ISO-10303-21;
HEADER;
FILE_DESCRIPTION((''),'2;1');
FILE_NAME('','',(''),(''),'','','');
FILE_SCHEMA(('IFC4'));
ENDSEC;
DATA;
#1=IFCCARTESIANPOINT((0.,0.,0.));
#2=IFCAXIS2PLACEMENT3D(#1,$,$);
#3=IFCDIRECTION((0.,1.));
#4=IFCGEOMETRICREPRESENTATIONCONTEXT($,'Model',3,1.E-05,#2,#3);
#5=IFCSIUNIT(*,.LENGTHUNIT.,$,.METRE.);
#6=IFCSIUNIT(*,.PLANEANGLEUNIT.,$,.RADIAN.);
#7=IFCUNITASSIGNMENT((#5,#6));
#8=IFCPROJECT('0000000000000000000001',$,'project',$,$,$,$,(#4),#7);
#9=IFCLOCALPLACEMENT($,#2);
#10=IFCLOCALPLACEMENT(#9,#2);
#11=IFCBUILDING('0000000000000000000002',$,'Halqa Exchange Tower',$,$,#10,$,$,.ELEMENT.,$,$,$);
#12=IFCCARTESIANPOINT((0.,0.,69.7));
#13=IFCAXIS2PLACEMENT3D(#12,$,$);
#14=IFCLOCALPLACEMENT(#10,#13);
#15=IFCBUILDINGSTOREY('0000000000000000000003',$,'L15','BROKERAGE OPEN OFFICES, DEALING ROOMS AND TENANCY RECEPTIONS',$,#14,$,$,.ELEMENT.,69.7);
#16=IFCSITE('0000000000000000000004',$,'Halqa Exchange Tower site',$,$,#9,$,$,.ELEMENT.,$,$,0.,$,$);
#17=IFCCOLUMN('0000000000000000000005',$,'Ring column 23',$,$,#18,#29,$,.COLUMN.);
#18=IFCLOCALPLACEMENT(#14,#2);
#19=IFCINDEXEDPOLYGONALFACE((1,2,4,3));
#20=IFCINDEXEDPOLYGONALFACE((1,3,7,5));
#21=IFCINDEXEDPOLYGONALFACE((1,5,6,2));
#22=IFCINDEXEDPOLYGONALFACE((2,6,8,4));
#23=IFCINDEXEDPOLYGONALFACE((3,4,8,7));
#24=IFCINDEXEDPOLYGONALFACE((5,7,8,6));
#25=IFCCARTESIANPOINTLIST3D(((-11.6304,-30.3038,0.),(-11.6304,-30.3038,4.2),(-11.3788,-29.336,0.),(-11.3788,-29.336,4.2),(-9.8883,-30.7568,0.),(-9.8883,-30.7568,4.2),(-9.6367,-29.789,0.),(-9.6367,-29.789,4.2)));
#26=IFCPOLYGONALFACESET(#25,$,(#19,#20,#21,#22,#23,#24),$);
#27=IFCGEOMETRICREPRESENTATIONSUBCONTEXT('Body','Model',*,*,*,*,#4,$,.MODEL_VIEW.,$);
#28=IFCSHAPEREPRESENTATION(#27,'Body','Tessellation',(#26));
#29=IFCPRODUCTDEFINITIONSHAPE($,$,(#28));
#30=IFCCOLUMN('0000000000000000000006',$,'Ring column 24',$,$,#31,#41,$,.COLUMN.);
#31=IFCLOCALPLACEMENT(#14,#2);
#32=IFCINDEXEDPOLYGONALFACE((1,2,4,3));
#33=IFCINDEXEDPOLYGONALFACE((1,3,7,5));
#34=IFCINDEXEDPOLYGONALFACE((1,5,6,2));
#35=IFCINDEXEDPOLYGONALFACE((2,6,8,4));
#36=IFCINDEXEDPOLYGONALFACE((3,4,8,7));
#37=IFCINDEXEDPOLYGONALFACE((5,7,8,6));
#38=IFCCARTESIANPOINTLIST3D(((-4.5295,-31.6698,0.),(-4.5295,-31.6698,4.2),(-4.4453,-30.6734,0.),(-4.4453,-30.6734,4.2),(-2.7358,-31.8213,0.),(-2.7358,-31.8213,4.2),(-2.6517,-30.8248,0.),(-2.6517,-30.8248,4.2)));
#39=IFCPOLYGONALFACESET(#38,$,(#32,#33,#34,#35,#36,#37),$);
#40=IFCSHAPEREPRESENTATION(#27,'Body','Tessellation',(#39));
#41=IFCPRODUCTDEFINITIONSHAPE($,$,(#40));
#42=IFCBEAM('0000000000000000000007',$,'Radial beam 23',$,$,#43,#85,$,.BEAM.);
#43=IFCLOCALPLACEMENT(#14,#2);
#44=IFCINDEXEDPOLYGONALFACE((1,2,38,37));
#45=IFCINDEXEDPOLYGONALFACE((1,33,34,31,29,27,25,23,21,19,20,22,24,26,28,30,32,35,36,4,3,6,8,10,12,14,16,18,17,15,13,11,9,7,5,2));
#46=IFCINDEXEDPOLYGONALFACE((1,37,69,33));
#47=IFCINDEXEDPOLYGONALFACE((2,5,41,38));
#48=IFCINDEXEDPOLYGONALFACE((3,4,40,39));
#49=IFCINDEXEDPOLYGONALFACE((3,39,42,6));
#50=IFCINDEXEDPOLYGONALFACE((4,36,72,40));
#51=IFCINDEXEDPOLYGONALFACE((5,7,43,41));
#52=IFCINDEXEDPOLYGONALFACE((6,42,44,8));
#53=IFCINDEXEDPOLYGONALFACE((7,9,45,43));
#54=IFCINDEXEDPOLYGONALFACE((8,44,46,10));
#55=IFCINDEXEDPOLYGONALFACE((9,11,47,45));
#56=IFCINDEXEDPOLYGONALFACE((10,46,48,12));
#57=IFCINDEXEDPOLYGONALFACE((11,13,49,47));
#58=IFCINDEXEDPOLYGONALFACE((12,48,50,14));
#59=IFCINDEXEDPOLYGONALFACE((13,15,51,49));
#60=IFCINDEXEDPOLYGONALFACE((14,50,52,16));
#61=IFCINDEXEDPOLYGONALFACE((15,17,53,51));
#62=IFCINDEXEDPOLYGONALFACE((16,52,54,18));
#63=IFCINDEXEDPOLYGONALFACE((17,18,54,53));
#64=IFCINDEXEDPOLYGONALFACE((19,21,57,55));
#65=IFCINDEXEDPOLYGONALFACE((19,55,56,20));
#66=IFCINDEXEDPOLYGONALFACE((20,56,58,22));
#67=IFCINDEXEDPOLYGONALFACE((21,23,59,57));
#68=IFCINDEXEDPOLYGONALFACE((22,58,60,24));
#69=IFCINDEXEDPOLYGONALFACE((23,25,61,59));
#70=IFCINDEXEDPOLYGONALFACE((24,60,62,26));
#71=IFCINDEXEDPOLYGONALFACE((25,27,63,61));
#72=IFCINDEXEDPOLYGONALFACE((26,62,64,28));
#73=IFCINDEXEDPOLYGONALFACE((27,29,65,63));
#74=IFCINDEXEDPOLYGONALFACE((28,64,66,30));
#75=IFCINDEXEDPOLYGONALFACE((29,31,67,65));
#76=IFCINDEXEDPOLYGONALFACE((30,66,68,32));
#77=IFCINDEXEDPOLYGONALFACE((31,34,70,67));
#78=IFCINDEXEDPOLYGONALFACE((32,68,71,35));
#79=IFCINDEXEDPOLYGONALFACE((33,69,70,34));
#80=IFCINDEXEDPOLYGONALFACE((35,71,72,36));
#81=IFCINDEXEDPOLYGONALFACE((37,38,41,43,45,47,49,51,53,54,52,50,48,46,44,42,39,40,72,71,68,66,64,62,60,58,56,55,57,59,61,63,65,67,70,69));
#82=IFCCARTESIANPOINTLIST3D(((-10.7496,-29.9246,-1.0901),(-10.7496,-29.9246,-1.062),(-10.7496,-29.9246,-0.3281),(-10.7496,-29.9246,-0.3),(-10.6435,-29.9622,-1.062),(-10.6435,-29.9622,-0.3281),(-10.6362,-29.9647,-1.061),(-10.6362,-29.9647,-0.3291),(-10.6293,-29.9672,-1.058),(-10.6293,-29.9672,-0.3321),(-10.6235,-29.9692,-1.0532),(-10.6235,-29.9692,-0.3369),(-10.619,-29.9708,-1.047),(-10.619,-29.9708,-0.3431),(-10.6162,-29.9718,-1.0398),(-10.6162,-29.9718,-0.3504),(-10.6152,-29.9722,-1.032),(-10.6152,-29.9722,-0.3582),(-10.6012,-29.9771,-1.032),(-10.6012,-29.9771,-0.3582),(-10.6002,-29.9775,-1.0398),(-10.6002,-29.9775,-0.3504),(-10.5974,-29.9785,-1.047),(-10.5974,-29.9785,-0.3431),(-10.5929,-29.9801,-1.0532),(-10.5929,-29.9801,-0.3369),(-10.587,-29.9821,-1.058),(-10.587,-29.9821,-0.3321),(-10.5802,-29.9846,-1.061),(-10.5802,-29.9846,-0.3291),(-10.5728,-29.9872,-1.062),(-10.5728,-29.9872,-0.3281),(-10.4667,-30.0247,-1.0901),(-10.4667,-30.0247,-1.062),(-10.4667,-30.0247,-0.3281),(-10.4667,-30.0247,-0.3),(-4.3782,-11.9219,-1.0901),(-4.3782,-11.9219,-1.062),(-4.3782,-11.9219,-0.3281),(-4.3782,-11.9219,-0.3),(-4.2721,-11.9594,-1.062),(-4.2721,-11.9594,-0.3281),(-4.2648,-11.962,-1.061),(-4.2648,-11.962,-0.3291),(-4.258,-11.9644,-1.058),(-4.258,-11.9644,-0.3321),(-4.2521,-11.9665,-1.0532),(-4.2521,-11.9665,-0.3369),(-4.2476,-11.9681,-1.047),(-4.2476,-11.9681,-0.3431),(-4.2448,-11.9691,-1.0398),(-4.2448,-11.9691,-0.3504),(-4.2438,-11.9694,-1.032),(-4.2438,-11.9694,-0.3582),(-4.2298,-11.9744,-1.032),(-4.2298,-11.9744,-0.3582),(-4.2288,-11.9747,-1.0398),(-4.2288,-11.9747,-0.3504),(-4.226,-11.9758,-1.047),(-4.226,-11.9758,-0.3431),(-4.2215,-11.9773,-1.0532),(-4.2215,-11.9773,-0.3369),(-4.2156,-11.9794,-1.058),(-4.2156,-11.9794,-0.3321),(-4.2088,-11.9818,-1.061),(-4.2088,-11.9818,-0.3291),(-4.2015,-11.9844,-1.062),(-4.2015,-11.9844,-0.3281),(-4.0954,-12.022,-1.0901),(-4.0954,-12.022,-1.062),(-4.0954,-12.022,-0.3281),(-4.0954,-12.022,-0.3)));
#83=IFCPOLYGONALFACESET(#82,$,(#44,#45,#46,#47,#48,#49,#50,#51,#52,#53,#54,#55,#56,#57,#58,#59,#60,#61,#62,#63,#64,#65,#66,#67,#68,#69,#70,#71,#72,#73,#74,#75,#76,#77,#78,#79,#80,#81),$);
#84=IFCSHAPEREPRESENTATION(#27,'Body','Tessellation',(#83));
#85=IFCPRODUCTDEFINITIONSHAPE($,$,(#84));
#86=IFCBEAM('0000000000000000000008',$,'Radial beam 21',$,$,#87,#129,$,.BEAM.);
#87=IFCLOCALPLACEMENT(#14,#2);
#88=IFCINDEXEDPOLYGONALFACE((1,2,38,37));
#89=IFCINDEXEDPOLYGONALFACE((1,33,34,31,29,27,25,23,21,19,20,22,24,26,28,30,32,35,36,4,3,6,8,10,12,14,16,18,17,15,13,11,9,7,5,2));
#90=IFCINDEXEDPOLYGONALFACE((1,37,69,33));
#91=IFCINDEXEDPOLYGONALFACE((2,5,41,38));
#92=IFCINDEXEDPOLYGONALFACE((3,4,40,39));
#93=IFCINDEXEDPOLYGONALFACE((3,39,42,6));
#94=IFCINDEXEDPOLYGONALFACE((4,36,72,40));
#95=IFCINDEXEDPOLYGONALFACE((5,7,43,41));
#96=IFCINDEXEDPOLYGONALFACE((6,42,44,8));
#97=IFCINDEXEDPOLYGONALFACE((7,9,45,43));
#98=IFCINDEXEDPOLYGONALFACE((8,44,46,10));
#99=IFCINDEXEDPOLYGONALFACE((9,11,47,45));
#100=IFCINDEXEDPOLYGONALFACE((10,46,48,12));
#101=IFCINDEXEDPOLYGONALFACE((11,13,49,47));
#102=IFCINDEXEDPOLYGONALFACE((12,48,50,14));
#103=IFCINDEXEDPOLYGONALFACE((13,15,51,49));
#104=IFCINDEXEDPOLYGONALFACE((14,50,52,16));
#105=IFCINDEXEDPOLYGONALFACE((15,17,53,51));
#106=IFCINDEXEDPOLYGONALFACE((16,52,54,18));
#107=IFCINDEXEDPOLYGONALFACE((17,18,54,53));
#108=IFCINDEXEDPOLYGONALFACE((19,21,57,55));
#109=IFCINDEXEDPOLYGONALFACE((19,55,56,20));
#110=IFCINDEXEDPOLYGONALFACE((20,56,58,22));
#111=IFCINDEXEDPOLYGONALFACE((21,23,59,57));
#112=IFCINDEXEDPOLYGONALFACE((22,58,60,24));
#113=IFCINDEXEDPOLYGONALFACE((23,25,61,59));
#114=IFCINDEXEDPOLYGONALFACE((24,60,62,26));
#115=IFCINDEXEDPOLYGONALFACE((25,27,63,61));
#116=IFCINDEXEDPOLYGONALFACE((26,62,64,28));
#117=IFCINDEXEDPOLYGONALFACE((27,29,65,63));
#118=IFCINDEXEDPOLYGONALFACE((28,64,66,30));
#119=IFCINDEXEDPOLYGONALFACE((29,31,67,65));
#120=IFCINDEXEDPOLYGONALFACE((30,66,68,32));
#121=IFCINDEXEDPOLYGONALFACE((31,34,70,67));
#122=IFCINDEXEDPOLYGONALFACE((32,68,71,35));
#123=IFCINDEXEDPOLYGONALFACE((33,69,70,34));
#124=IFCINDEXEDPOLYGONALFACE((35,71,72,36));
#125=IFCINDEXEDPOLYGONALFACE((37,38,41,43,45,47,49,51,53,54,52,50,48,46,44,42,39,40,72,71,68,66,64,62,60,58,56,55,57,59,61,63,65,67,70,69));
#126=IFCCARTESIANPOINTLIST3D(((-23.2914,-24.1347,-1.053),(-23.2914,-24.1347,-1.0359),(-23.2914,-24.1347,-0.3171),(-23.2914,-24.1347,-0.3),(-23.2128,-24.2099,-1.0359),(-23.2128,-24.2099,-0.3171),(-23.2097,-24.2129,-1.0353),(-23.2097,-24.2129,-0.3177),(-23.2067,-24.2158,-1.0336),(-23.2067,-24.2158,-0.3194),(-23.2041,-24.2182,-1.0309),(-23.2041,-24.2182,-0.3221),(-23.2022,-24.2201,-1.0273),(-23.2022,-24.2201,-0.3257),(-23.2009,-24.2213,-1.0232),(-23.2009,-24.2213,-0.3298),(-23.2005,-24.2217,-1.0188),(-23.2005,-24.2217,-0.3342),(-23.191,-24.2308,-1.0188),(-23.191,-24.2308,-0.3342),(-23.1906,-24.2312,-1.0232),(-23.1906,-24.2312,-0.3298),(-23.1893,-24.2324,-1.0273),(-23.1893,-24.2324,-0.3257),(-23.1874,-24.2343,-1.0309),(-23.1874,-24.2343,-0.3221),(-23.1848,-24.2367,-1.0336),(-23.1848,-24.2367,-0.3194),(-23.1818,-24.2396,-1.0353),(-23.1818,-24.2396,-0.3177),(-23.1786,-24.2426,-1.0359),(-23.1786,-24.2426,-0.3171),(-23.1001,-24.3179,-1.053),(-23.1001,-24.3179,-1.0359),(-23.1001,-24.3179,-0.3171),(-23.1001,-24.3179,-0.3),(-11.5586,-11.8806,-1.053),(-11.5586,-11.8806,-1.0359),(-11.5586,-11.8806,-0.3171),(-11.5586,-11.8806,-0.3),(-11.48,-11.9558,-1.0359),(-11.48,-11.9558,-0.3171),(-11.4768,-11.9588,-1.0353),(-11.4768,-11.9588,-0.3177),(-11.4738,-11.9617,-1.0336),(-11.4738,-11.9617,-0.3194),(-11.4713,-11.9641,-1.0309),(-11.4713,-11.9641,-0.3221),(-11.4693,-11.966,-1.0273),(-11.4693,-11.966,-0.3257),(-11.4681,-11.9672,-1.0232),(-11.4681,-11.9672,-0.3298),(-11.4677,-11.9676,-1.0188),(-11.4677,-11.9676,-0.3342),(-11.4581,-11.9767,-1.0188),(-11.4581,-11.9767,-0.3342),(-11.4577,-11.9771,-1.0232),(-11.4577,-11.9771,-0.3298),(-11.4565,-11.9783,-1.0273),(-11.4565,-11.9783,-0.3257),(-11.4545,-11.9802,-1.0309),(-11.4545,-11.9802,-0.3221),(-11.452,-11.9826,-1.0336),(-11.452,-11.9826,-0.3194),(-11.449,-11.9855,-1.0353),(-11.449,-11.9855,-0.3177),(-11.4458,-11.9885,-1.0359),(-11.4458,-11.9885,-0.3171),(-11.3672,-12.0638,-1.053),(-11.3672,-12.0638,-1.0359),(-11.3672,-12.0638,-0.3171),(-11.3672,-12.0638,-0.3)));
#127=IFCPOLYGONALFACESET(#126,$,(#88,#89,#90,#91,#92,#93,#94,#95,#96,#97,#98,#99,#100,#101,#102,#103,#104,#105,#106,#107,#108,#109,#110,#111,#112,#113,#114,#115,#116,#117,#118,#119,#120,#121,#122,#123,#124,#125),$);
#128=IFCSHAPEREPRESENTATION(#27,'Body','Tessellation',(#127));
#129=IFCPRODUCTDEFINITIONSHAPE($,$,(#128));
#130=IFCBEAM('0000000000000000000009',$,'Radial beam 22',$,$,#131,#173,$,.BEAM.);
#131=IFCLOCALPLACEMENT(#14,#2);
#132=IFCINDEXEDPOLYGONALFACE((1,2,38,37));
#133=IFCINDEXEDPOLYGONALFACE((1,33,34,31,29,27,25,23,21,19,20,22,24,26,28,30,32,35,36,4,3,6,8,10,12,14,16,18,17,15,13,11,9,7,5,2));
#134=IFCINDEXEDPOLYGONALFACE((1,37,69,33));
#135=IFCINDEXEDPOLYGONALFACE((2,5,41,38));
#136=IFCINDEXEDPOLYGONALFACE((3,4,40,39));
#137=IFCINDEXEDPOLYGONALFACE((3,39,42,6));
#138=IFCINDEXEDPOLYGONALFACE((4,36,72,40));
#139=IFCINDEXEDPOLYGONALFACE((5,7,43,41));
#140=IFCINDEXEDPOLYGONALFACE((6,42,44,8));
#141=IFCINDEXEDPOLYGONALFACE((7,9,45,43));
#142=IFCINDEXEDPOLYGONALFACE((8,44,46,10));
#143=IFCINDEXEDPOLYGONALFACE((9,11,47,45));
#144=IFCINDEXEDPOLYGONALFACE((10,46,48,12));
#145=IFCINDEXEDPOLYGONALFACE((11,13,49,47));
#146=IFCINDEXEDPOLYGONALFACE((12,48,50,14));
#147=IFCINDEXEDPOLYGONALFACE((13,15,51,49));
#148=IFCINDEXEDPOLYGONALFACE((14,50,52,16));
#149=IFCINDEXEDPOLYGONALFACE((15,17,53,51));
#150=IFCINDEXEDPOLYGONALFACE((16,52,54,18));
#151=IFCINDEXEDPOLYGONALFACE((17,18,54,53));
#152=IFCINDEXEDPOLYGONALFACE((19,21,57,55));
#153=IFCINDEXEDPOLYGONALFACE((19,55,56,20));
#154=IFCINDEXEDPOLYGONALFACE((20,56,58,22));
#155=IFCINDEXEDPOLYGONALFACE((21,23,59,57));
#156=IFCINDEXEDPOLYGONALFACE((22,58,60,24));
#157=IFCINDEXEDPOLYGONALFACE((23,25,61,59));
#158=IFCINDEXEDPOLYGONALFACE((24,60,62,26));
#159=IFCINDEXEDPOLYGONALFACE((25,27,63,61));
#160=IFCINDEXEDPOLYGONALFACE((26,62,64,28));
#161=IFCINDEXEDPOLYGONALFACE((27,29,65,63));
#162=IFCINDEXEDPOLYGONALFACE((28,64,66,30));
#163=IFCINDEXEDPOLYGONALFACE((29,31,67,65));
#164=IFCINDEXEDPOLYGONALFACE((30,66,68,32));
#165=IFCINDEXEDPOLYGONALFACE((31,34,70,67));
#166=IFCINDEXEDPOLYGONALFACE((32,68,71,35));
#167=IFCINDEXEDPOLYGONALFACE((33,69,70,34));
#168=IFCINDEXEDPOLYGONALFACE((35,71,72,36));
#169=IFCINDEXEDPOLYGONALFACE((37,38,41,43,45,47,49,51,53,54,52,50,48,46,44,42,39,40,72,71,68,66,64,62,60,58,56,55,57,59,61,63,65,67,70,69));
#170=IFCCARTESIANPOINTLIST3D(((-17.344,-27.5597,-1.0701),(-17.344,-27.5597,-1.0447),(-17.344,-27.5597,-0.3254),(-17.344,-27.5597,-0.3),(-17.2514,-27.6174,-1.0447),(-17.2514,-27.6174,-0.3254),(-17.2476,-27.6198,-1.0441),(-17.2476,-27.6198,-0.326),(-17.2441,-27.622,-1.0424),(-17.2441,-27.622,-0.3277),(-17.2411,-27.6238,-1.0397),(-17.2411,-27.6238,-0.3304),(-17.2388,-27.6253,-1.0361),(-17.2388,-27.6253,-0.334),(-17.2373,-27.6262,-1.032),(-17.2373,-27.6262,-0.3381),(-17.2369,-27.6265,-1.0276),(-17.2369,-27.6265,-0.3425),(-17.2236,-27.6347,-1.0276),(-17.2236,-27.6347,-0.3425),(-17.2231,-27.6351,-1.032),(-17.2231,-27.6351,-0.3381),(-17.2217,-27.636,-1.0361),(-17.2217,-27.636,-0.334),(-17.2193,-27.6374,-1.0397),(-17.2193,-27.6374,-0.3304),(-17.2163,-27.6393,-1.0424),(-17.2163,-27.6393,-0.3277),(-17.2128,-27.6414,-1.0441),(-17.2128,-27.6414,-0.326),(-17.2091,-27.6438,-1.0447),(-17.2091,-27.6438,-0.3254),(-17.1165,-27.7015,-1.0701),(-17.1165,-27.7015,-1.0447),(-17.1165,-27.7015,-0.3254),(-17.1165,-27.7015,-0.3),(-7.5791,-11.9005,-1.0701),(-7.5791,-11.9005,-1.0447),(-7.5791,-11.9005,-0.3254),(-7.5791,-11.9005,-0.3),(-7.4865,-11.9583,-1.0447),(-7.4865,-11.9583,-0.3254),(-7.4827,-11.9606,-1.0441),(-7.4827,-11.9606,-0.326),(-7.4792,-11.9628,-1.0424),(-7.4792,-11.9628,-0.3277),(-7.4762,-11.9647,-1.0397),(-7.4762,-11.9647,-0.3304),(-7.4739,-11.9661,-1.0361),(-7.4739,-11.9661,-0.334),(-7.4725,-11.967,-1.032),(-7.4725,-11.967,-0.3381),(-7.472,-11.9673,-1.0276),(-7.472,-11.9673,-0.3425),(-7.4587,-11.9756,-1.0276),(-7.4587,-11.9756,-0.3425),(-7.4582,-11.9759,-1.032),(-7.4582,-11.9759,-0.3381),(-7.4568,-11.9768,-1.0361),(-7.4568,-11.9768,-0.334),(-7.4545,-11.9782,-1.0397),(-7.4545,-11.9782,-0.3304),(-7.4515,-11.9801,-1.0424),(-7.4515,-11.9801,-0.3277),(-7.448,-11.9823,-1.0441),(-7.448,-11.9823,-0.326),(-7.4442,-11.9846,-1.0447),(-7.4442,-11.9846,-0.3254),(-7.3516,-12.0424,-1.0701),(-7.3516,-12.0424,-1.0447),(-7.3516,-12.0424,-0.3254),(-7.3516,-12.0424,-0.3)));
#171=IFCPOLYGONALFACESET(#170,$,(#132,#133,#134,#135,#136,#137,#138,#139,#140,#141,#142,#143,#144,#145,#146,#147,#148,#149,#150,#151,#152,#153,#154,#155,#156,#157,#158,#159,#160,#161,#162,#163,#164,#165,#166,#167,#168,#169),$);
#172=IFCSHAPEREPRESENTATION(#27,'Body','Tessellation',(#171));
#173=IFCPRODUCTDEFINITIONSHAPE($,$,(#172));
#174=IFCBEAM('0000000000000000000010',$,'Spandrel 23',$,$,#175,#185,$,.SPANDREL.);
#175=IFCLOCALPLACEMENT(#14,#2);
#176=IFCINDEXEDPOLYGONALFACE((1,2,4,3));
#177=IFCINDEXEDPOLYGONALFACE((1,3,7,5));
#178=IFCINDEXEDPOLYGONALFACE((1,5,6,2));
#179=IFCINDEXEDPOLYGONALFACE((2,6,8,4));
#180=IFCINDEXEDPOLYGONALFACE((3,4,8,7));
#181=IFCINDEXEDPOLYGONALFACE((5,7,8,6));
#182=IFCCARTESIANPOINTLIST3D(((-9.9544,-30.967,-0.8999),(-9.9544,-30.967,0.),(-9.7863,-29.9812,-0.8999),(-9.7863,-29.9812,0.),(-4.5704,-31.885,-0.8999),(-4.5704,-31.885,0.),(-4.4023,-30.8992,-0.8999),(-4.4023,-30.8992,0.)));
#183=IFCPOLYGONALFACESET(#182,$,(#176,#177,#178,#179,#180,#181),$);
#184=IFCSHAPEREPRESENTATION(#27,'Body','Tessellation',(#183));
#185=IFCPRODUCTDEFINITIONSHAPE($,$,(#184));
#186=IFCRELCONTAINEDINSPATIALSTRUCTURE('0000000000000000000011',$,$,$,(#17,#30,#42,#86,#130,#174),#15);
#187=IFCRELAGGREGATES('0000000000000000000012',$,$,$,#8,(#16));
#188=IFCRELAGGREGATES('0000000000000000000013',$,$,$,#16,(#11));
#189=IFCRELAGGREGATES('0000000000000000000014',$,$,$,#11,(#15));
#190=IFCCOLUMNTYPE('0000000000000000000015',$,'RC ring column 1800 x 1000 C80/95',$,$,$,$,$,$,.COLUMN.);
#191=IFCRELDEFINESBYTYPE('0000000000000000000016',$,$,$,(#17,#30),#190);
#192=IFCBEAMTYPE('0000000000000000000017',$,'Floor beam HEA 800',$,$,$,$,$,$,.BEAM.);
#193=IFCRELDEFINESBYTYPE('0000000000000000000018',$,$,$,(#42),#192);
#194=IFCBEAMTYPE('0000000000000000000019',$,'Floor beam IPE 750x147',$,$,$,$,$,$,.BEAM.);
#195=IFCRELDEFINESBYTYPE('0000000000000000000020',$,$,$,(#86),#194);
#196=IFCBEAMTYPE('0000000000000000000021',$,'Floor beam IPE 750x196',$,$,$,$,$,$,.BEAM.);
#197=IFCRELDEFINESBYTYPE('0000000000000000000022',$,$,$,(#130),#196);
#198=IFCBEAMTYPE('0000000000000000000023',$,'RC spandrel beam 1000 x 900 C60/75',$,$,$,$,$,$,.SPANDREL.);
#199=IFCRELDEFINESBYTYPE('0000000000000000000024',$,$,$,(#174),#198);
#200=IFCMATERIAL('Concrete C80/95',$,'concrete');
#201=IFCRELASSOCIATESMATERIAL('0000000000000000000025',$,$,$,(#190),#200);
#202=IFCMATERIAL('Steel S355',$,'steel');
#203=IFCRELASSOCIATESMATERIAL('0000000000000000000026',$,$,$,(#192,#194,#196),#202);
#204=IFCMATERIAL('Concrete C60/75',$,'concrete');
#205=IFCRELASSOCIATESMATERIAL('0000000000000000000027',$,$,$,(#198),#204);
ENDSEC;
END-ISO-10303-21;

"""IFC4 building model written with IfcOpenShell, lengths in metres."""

from ifc_helpers import new_model, si_unit, direction, frame, origin, origin_2d, place, context, subcontext, project, spatial, rectangle, i_section, extrude, material, material_profile, profile_set, type_object, element, save


model = new_model("IFC4")

# Units and contexts
model_context = context("Model", 3, precision=1e-05, world=origin(), true_north=direction((0.0, 1.0)))
body_context = subcontext(model_context, "Body", "Model", "MODEL_VIEW")
ifc_project = project(units=[si_unit("LENGTHUNIT", "METRE"), si_unit("PLANEANGLEUNIT", "RADIAN")], contexts=[model_context])

# Site, building, storey
site_placement = place(None, origin())
site = spatial("IfcSite", under=ifc_project, at=site_placement, Name="Halqa Exchange Tower site", CompositionType="ELEMENT", RefElevation=0.0)
building_placement = place(site_placement, origin())
building = spatial("IfcBuilding", under=site, at=building_placement, Name="Halqa Exchange Tower", CompositionType="ELEMENT")
storey_placement = place(building_placement, frame((0.0, 0.0, 69.7)))
storey = spatial("IfcBuildingStorey", under=building, at=storey_placement, Name="L15", Description="BROKERAGE OPEN OFFICES, DEALING ROOMS AND TENANCY RECEPTIONS", CompositionType="ELEMENT", Elevation=69.7)

# Columns
ifc_material_1 = material(Name="Concrete C80/95", Category="concrete")
ifc_material_profile_1 = material_profile(ifc_material_1, rectangle(XDim=1.8, YDim=1.0, at=origin_2d()), Name="1800 x 1000")
ifc_profile_set_1 = profile_set([ifc_material_profile_1], Name="Concrete C80/95")
column_type = type_object("IfcColumnType", Name="RC ring column 1800 x 1000 C80/95", PredefinedType="COLUMN", material=ifc_profile_set_1)
for number, where, z_axis, x_axis, name in (
    (1, (-10.6335, -30.0464, 0.0), (0.0, 0.0, 1.0), (0.96782, -0.251644, 0.0), "Ring column 23"),
    (2, (-3.5906, -31.2473, 0.0), (0.0, 0.0, 1.0), (0.996456, -0.084121, 0.0), "Ring column 24"),
):
    element("IfcColumn", number, at=place(storey_placement, frame(where, z_axis=z_axis, x_axis=x_axis)), inside=storey, type_object=column_type, Name=name, PredefinedType="COLUMN", context=body_context, shape_type="SweptSolid", body=[
        extrude(rectangle(XDim=1.8, YDim=1.0, at=origin_2d()), origin(), (0.0, 0.0, 1.0), 4.2),
    ])

# Beams
ifc_material_2 = material(Name="Steel S355", Category="steel")
ifc_material_profile_2 = material_profile(ifc_material_2, i_section(OverallWidth=0.3, OverallDepth=0.79, WebThickness=0.0149, FlangeThickness=0.0281, FilletRadius=0.03, at=origin_2d()), Name="HEA 800")
ifc_profile_set_2 = profile_set([ifc_material_profile_2], Name="Steel S355")
beam_type_1 = type_object("IfcBeamType", Name="Floor beam HEA 800", PredefinedType="BEAM", material=ifc_profile_set_2)
beam_1_placement = place(storey_placement, frame((-4.2368, -11.9719, -0.6951), z_axis=(-0.333632, -0.942703, 0.0), x_axis=(0.942703, -0.333632, 0.0)))
element("IfcBeam", 3, at=beam_1_placement, inside=storey, type_object=beam_type_1, Name="Radial beam 23", PredefinedType="BEAM", context=body_context, shape_type="SweptSolid", body=[
    extrude(i_section(OverallWidth=0.3, OverallDepth=0.79, WebThickness=0.0149, FlangeThickness=0.0281, FilletRadius=0.03, at=origin_2d()), origin(), (0.0, 0.0, 1.0), 19.0969),
])
ifc_material_profile_3 = material_profile(ifc_material_2, i_section(OverallWidth=0.2649, OverallDepth=0.7529, WebThickness=0.0132, FlangeThickness=0.0171, FilletRadius=0.0171, at=origin_2d()), Name="IPE 750x147")
ifc_profile_set_3 = profile_set([ifc_material_profile_3], Name="Steel S355")
beam_type_2 = type_object("IfcBeamType", Name="Floor beam IPE 750x147", PredefinedType="BEAM", material=ifc_profile_set_3)
beam_2_placement = place(storey_placement, frame((-11.4629, -11.9722, -0.6765), z_axis=(-0.691578, -0.722302, 0.0), x_axis=(0.722302, -0.691578, 0.0)))
element("IfcBeam", 4, at=beam_2_placement, inside=storey, type_object=beam_type_2, Name="Radial beam 21", PredefinedType="BEAM", context=body_context, shape_type="SweptSolid", body=[
    extrude(i_section(OverallWidth=0.2649, OverallDepth=0.7529, WebThickness=0.0132, FlangeThickness=0.0171, FilletRadius=0.0171, at=origin_2d()), origin(), (0.0, 0.0, 1.0), 16.9653),
])
ifc_material_profile_4 = material_profile(ifc_material_2, i_section(OverallWidth=0.2681, OverallDepth=0.77, WebThickness=0.0156, FlangeThickness=0.0254, FilletRadius=0.0171, at=origin_2d()), Name="IPE 750x196")
ifc_profile_set_4 = profile_set([ifc_material_profile_4], Name="Steel S355")
beam_type_3 = type_object("IfcBeamType", Name="Floor beam IPE 750x196", PredefinedType="BEAM", material=ifc_profile_set_4)
beam_3_placement = place(storey_placement, frame((-7.4653, -11.9714, -0.6851), z_axis=(-0.529138, -0.848536, 0.0), x_axis=(0.848536, -0.529138, 0.0)))
element("IfcBeam", 5, at=beam_3_placement, inside=storey, type_object=beam_type_3, Name="Radial beam 22", PredefinedType="BEAM", context=body_context, shape_type="SweptSolid", body=[
    extrude(i_section(OverallWidth=0.2681, OverallDepth=0.77, WebThickness=0.0156, FlangeThickness=0.0254, FilletRadius=0.0171, at=origin_2d()), origin(), (0.0, 0.0, 1.0), 18.4543),
])
ifc_material_3 = material(Name="Concrete C60/75", Category="concrete")
ifc_material_profile_5 = material_profile(ifc_material_3, rectangle(XDim=1.0, YDim=0.8999, at=origin_2d()), Name="1000 x 900")
ifc_profile_set_5 = profile_set([ifc_material_profile_5], Name="Concrete C60/75")
beam_type_4 = type_object("IfcBeamType", Name="RC spandrel beam 1000 x 900 C60/75", PredefinedType="SPANDREL", material=ifc_profile_set_5)
beam_4_placement = place(storey_placement, frame((-9.8704, -30.4741, -0.45), z_axis=(0.985775, -0.168073, 0.0), x_axis=(0.168073, 0.985775, 0.0)))
element("IfcBeam", 6, at=beam_4_placement, inside=storey, type_object=beam_type_4, Name="Spandrel 23", PredefinedType="SPANDREL", context=body_context, shape_type="SweptSolid", body=[
    extrude(rectangle(XDim=1.0, YDim=0.8999, at=origin_2d()), origin(), (0.0, 0.0, 1.0), 5.4617),
])

save(model, "model.ifc")
